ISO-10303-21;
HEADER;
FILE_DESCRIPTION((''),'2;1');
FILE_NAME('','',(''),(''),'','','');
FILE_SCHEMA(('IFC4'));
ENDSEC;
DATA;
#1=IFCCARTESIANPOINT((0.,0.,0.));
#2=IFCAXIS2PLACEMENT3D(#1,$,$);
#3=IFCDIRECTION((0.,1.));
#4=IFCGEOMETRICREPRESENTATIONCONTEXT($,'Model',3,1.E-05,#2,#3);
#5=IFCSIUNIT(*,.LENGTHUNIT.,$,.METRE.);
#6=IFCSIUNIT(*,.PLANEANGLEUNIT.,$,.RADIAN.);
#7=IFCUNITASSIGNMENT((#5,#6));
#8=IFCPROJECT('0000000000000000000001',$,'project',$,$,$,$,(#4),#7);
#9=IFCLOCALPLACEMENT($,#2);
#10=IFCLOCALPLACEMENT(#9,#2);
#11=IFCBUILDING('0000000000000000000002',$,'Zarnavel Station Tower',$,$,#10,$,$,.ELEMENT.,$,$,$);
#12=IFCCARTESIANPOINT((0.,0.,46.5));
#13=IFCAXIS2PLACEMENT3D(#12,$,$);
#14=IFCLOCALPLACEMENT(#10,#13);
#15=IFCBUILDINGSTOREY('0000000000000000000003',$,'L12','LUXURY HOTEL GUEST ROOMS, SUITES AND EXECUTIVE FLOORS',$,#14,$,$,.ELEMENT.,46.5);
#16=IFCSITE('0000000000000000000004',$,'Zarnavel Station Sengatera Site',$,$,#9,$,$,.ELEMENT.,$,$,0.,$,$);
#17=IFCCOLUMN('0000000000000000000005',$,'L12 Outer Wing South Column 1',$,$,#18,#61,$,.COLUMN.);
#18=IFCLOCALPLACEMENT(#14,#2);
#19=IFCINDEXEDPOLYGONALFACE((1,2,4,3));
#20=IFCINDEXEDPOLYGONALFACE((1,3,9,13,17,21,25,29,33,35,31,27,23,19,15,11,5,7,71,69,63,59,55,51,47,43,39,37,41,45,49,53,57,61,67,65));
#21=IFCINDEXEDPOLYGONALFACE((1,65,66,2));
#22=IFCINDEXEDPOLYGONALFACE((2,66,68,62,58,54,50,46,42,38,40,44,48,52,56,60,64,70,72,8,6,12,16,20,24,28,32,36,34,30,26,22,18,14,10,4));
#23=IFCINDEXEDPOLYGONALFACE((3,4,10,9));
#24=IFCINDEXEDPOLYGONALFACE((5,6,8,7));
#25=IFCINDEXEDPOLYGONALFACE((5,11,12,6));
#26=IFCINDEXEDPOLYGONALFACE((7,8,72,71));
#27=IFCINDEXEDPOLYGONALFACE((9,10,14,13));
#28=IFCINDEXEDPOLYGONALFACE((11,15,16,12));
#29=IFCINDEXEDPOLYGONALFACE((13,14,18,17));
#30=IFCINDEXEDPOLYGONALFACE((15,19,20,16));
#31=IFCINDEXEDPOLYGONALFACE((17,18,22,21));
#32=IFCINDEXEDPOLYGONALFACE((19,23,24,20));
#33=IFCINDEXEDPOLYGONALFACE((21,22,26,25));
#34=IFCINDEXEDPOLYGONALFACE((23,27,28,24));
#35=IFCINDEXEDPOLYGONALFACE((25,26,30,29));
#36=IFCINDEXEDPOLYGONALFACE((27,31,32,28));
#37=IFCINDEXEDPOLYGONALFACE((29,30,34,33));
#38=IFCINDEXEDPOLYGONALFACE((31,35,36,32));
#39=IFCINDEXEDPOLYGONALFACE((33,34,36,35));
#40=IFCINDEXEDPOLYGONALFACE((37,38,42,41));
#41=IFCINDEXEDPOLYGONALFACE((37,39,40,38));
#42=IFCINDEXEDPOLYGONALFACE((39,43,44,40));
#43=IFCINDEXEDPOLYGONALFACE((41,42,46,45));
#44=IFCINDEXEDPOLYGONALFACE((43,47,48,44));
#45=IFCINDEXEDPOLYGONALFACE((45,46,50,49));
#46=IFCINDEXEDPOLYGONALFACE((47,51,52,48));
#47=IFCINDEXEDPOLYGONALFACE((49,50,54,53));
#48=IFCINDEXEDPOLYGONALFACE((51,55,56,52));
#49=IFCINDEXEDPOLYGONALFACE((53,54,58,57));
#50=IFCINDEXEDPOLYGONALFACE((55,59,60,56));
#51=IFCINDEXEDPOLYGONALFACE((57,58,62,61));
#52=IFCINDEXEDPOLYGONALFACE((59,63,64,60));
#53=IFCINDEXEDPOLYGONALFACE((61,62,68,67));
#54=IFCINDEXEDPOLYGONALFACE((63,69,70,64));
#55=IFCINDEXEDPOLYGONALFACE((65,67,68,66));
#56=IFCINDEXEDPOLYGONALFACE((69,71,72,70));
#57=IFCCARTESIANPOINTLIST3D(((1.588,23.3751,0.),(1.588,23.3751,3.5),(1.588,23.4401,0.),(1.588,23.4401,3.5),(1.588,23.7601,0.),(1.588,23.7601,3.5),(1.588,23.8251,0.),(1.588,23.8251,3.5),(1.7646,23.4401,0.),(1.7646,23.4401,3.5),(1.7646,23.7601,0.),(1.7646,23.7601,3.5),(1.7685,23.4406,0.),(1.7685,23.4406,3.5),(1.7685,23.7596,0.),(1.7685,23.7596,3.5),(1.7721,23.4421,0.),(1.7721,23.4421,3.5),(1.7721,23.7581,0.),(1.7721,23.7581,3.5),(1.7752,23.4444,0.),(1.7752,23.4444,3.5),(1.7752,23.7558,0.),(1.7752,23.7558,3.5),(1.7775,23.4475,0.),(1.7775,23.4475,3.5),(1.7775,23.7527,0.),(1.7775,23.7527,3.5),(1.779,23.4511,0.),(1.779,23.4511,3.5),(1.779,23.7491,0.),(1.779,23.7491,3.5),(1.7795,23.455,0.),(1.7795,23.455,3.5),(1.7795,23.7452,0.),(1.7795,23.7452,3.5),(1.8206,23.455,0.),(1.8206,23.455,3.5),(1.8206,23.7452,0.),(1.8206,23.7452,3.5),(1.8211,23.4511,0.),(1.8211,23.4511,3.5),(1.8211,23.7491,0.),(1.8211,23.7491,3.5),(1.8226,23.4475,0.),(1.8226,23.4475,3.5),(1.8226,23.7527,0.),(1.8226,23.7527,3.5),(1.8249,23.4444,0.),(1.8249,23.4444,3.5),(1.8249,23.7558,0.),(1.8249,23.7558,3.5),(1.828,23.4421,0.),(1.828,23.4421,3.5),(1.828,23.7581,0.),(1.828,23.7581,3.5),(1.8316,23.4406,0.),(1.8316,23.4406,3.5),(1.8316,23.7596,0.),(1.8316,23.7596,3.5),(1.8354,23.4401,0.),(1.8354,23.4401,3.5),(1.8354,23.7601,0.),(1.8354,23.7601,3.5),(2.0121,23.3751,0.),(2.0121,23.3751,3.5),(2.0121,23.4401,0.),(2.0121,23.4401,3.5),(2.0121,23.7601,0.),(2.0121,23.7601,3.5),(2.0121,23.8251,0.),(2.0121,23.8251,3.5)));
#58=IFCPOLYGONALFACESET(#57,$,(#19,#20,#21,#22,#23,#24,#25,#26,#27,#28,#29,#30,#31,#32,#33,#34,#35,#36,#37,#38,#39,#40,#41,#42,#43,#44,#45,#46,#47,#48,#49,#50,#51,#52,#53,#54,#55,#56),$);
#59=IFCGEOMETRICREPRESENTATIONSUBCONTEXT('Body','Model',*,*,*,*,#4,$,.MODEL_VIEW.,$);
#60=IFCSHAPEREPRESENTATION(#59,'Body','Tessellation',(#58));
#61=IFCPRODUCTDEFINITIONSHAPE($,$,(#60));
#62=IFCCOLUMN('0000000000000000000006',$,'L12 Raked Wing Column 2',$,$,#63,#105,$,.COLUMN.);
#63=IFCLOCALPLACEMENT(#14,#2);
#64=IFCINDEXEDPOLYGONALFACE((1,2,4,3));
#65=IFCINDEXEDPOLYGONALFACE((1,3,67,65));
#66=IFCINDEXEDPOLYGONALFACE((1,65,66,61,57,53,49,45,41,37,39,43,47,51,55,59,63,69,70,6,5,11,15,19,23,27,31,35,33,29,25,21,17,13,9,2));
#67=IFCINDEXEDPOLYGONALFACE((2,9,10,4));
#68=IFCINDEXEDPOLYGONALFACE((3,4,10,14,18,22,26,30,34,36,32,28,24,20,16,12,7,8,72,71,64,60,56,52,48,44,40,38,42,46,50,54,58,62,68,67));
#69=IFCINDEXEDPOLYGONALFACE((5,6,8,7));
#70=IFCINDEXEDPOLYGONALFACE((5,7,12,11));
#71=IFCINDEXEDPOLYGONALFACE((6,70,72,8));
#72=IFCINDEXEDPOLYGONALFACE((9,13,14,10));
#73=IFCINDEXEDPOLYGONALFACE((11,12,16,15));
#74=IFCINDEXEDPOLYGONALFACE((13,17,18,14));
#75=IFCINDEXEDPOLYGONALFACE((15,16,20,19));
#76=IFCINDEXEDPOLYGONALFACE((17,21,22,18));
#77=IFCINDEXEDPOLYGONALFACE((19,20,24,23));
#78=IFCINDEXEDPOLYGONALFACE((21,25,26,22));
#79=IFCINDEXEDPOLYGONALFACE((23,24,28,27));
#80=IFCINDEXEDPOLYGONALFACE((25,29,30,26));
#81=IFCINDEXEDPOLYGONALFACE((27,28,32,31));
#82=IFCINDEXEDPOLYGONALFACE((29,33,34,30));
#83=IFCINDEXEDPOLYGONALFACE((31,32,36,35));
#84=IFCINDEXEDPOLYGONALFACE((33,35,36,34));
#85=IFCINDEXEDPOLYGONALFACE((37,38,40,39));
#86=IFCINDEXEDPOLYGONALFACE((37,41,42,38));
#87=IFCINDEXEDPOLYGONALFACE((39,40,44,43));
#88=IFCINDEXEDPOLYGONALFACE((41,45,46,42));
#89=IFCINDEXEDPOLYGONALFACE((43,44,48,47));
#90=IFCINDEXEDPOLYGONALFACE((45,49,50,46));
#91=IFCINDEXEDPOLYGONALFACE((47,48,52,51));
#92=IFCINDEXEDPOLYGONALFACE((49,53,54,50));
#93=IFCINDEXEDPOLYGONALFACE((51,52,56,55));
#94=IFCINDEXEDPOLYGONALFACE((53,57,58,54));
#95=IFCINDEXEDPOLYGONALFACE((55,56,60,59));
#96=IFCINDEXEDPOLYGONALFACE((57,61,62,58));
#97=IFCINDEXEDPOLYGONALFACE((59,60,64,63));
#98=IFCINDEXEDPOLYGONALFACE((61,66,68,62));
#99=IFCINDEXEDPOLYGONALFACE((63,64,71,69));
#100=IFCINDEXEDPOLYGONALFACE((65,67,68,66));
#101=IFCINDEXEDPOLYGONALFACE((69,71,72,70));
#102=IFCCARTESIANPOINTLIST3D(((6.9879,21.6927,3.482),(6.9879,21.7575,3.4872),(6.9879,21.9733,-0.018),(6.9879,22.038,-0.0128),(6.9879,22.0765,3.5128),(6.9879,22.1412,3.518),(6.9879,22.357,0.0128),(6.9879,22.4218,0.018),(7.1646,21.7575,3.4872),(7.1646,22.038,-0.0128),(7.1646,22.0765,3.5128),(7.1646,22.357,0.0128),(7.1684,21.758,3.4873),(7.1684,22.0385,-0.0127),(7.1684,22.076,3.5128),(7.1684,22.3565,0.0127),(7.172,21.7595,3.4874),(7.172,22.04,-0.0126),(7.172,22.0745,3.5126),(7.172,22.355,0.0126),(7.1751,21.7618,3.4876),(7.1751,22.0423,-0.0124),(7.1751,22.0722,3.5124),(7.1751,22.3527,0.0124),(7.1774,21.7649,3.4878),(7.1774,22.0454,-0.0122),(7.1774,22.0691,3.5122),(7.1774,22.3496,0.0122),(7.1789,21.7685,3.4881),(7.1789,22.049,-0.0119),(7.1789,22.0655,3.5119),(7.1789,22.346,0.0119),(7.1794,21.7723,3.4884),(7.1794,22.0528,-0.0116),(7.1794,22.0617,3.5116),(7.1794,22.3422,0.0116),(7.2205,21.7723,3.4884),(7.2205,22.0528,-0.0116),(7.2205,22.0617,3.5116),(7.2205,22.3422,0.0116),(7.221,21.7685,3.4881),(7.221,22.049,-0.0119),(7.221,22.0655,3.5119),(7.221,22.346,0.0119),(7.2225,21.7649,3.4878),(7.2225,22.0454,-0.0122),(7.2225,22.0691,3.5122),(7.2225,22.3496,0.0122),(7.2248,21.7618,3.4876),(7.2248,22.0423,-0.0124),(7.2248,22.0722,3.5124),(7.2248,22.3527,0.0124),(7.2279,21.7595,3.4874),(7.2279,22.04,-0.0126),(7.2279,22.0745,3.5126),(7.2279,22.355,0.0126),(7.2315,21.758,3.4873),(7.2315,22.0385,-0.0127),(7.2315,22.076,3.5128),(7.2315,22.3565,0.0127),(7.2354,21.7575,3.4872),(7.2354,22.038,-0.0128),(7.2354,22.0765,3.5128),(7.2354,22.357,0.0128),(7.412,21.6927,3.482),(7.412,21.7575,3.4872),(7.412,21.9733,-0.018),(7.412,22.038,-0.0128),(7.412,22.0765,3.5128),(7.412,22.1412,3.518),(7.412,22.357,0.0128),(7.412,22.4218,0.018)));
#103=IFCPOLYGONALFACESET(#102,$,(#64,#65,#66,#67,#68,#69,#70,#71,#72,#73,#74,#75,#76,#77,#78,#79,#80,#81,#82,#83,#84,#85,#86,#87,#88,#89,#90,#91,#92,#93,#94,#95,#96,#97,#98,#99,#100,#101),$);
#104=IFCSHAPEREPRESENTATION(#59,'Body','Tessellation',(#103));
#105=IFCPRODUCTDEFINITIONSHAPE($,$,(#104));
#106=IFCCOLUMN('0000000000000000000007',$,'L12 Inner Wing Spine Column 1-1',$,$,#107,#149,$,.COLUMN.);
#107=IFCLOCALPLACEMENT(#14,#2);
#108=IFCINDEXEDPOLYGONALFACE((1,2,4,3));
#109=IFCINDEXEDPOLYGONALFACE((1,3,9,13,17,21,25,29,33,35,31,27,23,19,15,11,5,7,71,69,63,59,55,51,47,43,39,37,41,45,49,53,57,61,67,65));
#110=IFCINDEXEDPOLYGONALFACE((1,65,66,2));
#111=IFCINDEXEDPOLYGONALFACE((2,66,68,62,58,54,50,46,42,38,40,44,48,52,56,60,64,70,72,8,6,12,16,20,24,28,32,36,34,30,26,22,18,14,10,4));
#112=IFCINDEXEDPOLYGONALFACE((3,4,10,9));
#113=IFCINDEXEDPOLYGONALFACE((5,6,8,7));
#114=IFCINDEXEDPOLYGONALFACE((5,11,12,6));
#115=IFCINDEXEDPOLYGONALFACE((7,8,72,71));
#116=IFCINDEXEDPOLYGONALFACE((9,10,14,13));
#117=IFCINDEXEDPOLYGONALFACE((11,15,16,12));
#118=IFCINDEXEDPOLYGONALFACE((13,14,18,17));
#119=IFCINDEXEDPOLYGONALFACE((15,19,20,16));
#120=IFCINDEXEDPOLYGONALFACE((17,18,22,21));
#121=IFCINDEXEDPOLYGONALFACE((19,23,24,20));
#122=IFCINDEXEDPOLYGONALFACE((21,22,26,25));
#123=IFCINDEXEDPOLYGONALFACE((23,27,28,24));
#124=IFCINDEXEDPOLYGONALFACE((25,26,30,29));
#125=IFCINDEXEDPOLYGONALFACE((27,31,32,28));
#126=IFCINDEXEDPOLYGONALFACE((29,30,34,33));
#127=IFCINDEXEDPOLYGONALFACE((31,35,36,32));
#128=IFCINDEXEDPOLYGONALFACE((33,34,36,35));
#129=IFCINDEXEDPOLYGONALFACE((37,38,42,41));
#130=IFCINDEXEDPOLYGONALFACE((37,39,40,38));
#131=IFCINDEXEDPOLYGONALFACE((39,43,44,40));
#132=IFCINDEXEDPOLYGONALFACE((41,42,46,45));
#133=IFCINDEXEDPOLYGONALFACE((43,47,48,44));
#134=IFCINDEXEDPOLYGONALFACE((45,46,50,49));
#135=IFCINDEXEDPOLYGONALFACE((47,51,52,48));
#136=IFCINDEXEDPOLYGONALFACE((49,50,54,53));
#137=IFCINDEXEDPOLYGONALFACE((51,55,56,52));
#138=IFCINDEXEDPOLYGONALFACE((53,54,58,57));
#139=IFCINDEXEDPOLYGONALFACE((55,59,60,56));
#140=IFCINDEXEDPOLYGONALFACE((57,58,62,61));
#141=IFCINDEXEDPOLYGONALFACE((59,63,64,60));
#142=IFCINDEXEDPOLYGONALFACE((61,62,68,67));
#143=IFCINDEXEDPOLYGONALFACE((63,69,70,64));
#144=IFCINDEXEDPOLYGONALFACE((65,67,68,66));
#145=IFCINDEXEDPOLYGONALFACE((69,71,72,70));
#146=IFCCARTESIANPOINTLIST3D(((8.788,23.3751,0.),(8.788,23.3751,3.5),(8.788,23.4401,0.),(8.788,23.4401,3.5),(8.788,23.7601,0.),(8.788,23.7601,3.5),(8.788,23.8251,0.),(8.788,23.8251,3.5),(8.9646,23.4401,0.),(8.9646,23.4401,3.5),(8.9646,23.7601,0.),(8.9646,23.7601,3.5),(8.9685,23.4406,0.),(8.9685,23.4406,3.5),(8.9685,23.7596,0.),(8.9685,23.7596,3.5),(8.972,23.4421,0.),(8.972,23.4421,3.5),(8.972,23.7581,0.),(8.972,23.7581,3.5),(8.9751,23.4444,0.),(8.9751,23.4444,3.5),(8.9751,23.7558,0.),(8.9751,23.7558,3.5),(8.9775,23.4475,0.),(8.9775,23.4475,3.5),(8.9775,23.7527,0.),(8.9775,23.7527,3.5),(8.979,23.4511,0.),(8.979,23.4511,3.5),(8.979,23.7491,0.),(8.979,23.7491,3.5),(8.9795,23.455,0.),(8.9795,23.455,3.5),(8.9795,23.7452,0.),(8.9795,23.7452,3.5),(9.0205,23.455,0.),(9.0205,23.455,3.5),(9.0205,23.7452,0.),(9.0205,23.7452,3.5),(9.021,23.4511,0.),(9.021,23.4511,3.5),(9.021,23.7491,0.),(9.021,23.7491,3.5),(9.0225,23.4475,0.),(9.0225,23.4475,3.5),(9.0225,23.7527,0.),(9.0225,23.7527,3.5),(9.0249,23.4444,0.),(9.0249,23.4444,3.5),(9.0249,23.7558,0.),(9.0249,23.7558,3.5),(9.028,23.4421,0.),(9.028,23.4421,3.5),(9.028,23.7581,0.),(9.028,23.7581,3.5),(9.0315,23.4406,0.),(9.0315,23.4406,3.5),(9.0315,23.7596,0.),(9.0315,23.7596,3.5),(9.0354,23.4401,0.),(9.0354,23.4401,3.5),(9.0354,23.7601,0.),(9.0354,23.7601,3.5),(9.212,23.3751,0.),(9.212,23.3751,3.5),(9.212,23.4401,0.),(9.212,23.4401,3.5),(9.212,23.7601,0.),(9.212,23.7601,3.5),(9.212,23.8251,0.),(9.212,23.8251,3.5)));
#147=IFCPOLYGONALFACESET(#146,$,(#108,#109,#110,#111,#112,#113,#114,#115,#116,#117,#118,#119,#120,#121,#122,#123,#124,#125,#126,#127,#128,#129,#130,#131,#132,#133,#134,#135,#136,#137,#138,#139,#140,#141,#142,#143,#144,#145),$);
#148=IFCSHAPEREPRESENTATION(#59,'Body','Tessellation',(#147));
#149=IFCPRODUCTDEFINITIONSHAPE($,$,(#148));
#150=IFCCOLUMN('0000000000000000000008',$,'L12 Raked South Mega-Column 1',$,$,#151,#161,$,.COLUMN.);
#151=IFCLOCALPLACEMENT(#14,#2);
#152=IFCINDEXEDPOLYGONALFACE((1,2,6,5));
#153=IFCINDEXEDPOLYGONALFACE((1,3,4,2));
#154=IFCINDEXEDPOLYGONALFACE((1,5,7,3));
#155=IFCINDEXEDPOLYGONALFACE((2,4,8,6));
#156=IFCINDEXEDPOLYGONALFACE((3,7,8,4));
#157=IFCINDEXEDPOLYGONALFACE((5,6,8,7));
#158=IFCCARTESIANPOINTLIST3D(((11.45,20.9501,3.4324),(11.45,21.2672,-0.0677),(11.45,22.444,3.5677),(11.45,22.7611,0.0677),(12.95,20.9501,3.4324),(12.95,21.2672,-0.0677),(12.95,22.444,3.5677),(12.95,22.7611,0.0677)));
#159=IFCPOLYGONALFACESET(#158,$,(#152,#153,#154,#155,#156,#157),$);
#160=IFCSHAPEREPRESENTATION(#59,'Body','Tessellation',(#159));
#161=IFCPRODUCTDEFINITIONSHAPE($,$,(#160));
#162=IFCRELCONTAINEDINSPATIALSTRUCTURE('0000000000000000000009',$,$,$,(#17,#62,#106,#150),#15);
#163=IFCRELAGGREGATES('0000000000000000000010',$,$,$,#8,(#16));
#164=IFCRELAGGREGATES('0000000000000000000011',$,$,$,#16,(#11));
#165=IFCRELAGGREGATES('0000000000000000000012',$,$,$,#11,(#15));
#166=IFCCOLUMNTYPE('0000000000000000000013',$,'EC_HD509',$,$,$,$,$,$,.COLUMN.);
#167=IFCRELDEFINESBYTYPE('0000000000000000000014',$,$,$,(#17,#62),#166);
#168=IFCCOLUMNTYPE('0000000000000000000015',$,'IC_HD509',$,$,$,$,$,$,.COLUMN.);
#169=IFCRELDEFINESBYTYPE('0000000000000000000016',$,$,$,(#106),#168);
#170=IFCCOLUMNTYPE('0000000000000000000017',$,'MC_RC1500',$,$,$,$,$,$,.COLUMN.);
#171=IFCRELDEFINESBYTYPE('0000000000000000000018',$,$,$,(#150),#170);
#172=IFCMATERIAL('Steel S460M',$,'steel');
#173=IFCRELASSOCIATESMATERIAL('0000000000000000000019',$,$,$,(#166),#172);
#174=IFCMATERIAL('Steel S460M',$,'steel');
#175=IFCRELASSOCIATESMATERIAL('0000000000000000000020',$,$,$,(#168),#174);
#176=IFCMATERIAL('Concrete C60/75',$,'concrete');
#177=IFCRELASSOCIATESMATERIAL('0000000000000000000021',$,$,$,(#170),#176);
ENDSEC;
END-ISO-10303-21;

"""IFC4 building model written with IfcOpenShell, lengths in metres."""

from ifc_helpers import new_model, si_unit, direction, frame, origin, origin_2d, place, context, subcontext, project, spatial, rectangle, i_section, extrude, material, material_profile, profile_set, type_object, element, save


model = new_model("IFC4")

# Units and contexts
model_context = context("Model", 3, precision=1e-05, world=origin(), true_north=direction((0.0, 1.0)))
body_context = subcontext(model_context, "Body", "Model", "MODEL_VIEW")
ifc_project = project(units=[si_unit("LENGTHUNIT", "METRE"), si_unit("PLANEANGLEUNIT", "RADIAN")], contexts=[model_context])

# Site, building, storey
site_placement = place(None, origin())
site = spatial("IfcSite", under=ifc_project, at=site_placement, Name="Zarnavel Station Sengatera Site", CompositionType="ELEMENT", RefElevation=0.0)
building_placement = place(site_placement, origin())
building = spatial("IfcBuilding", under=site, at=building_placement, Name="Zarnavel Station Tower", CompositionType="ELEMENT")
storey_placement = place(building_placement, frame((0.0, 0.0, 46.5)))
storey = spatial("IfcBuildingStorey", under=building, at=storey_placement, Name="L12", Description="LUXURY HOTEL GUEST ROOMS, SUITES AND EXECUTIVE FLOORS", CompositionType="ELEMENT", Elevation=46.5)

# Columns
ifc_material_1 = material(Name="Steel S460M", Category="steel")
ifc_material_profile_1 = material_profile(ifc_material_1, i_section(OverallWidth=0.4241, OverallDepth=0.45, WebThickness=0.041, FlangeThickness=0.0649, FilletRadius=0.0149, at=origin_2d()), Name="HD400x509")
ifc_profile_set_1 = profile_set([ifc_material_profile_1], Name="Steel S460M")
column_type_1 = type_object("IfcColumnType", Name="EC_HD509", PredefinedType="COLUMN", material=ifc_profile_set_1)
column_1_placement = place(storey_placement, frame((1.8, 23.6001, 0.0), z_axis=(0.0, 0.0, 1.0), x_axis=(1.0, 0.0, 0.0)))
element("IfcColumn", 1, at=column_1_placement, inside=storey, type_object=column_type_1, Name="L12 Outer Wing South Column 1", PredefinedType="COLUMN", context=body_context, shape_type="SweptSolid", body=[
    extrude(i_section(OverallWidth=0.4241, OverallDepth=0.45, WebThickness=0.041, FlangeThickness=0.0649, FilletRadius=0.0149, at=origin_2d()), origin(), (0.0, 0.0, 1.0), 3.5),
])
column_2_placement = place(storey_placement, frame((7.2, 22.1975, 0.0), z_axis=(0.0, -0.079892, 0.996804), x_axis=(1.0, 0.0, 0.0)))
element("IfcColumn", 2, at=column_2_placement, inside=storey, type_object=column_type_1, Name="L12 Raked Wing Column 2", PredefinedType="COLUMN", context=body_context, shape_type="SweptSolid", body=[
    extrude(i_section(OverallWidth=0.4241, OverallDepth=0.45, WebThickness=0.041, FlangeThickness=0.0649, FilletRadius=0.0149, at=origin_2d()), origin(), (0.0, 0.0, 1.0), 3.5112),
])
ifc_material_2 = material(Name="Steel S460M", Category="steel")
ifc_material_profile_2 = material_profile(ifc_material_2, i_section(OverallWidth=0.4241, OverallDepth=0.45, WebThickness=0.041, FlangeThickness=0.0649, FilletRadius=0.0149, at=origin_2d()), Name="HD400x509")
ifc_profile_set_2 = profile_set([ifc_material_profile_2], Name="Steel S460M")
column_type_2 = type_object("IfcColumnType", Name="IC_HD509", PredefinedType="COLUMN", material=ifc_profile_set_2)
column_3_placement = place(storey_placement, frame((9.0, 23.6001, 0.0), z_axis=(0.0, 0.0, 1.0), x_axis=(1.0, 0.0, 0.0)))
element("IfcColumn", 3, at=column_3_placement, inside=storey, type_object=column_type_2, Name="L12 Inner Wing Spine Column 1-1", PredefinedType="COLUMN", context=body_context, shape_type="SweptSolid", body=[
    extrude(i_section(OverallWidth=0.4241, OverallDepth=0.45, WebThickness=0.041, FlangeThickness=0.0649, FilletRadius=0.0149, at=origin_2d()), origin(), (0.0, 0.0, 1.0), 3.5),
])
ifc_material_3 = material(Name="Concrete C60/75", Category="concrete")
ifc_material_profile_3 = material_profile(ifc_material_3, rectangle(XDim=1.5, YDim=1.5, at=origin_2d()), Name="RC1500x1500")
ifc_profile_set_3 = profile_set([ifc_material_profile_3], Name="Concrete C60/75")
column_type_3 = type_object("IfcColumnType", Name="MC_RC1500", PredefinedType="COLUMN", material=ifc_profile_set_3)
column_4_placement = place(storey_placement, frame((12.2, 22.0142, 0.0), z_axis=(0.0, -0.090241, 0.99592), x_axis=(1.0, 0.0, 0.0)))
element("IfcColumn", 4, at=column_4_placement, inside=storey, type_object=column_type_3, Name="L12 Raked South Mega-Column 1", PredefinedType="COLUMN", context=body_context, shape_type="SweptSolid", body=[
    extrude(rectangle(XDim=1.5, YDim=1.5, at=origin_2d()), origin(), (0.0, 0.0, 1.0), 3.5144),
])

save(model, "model.ifc")
